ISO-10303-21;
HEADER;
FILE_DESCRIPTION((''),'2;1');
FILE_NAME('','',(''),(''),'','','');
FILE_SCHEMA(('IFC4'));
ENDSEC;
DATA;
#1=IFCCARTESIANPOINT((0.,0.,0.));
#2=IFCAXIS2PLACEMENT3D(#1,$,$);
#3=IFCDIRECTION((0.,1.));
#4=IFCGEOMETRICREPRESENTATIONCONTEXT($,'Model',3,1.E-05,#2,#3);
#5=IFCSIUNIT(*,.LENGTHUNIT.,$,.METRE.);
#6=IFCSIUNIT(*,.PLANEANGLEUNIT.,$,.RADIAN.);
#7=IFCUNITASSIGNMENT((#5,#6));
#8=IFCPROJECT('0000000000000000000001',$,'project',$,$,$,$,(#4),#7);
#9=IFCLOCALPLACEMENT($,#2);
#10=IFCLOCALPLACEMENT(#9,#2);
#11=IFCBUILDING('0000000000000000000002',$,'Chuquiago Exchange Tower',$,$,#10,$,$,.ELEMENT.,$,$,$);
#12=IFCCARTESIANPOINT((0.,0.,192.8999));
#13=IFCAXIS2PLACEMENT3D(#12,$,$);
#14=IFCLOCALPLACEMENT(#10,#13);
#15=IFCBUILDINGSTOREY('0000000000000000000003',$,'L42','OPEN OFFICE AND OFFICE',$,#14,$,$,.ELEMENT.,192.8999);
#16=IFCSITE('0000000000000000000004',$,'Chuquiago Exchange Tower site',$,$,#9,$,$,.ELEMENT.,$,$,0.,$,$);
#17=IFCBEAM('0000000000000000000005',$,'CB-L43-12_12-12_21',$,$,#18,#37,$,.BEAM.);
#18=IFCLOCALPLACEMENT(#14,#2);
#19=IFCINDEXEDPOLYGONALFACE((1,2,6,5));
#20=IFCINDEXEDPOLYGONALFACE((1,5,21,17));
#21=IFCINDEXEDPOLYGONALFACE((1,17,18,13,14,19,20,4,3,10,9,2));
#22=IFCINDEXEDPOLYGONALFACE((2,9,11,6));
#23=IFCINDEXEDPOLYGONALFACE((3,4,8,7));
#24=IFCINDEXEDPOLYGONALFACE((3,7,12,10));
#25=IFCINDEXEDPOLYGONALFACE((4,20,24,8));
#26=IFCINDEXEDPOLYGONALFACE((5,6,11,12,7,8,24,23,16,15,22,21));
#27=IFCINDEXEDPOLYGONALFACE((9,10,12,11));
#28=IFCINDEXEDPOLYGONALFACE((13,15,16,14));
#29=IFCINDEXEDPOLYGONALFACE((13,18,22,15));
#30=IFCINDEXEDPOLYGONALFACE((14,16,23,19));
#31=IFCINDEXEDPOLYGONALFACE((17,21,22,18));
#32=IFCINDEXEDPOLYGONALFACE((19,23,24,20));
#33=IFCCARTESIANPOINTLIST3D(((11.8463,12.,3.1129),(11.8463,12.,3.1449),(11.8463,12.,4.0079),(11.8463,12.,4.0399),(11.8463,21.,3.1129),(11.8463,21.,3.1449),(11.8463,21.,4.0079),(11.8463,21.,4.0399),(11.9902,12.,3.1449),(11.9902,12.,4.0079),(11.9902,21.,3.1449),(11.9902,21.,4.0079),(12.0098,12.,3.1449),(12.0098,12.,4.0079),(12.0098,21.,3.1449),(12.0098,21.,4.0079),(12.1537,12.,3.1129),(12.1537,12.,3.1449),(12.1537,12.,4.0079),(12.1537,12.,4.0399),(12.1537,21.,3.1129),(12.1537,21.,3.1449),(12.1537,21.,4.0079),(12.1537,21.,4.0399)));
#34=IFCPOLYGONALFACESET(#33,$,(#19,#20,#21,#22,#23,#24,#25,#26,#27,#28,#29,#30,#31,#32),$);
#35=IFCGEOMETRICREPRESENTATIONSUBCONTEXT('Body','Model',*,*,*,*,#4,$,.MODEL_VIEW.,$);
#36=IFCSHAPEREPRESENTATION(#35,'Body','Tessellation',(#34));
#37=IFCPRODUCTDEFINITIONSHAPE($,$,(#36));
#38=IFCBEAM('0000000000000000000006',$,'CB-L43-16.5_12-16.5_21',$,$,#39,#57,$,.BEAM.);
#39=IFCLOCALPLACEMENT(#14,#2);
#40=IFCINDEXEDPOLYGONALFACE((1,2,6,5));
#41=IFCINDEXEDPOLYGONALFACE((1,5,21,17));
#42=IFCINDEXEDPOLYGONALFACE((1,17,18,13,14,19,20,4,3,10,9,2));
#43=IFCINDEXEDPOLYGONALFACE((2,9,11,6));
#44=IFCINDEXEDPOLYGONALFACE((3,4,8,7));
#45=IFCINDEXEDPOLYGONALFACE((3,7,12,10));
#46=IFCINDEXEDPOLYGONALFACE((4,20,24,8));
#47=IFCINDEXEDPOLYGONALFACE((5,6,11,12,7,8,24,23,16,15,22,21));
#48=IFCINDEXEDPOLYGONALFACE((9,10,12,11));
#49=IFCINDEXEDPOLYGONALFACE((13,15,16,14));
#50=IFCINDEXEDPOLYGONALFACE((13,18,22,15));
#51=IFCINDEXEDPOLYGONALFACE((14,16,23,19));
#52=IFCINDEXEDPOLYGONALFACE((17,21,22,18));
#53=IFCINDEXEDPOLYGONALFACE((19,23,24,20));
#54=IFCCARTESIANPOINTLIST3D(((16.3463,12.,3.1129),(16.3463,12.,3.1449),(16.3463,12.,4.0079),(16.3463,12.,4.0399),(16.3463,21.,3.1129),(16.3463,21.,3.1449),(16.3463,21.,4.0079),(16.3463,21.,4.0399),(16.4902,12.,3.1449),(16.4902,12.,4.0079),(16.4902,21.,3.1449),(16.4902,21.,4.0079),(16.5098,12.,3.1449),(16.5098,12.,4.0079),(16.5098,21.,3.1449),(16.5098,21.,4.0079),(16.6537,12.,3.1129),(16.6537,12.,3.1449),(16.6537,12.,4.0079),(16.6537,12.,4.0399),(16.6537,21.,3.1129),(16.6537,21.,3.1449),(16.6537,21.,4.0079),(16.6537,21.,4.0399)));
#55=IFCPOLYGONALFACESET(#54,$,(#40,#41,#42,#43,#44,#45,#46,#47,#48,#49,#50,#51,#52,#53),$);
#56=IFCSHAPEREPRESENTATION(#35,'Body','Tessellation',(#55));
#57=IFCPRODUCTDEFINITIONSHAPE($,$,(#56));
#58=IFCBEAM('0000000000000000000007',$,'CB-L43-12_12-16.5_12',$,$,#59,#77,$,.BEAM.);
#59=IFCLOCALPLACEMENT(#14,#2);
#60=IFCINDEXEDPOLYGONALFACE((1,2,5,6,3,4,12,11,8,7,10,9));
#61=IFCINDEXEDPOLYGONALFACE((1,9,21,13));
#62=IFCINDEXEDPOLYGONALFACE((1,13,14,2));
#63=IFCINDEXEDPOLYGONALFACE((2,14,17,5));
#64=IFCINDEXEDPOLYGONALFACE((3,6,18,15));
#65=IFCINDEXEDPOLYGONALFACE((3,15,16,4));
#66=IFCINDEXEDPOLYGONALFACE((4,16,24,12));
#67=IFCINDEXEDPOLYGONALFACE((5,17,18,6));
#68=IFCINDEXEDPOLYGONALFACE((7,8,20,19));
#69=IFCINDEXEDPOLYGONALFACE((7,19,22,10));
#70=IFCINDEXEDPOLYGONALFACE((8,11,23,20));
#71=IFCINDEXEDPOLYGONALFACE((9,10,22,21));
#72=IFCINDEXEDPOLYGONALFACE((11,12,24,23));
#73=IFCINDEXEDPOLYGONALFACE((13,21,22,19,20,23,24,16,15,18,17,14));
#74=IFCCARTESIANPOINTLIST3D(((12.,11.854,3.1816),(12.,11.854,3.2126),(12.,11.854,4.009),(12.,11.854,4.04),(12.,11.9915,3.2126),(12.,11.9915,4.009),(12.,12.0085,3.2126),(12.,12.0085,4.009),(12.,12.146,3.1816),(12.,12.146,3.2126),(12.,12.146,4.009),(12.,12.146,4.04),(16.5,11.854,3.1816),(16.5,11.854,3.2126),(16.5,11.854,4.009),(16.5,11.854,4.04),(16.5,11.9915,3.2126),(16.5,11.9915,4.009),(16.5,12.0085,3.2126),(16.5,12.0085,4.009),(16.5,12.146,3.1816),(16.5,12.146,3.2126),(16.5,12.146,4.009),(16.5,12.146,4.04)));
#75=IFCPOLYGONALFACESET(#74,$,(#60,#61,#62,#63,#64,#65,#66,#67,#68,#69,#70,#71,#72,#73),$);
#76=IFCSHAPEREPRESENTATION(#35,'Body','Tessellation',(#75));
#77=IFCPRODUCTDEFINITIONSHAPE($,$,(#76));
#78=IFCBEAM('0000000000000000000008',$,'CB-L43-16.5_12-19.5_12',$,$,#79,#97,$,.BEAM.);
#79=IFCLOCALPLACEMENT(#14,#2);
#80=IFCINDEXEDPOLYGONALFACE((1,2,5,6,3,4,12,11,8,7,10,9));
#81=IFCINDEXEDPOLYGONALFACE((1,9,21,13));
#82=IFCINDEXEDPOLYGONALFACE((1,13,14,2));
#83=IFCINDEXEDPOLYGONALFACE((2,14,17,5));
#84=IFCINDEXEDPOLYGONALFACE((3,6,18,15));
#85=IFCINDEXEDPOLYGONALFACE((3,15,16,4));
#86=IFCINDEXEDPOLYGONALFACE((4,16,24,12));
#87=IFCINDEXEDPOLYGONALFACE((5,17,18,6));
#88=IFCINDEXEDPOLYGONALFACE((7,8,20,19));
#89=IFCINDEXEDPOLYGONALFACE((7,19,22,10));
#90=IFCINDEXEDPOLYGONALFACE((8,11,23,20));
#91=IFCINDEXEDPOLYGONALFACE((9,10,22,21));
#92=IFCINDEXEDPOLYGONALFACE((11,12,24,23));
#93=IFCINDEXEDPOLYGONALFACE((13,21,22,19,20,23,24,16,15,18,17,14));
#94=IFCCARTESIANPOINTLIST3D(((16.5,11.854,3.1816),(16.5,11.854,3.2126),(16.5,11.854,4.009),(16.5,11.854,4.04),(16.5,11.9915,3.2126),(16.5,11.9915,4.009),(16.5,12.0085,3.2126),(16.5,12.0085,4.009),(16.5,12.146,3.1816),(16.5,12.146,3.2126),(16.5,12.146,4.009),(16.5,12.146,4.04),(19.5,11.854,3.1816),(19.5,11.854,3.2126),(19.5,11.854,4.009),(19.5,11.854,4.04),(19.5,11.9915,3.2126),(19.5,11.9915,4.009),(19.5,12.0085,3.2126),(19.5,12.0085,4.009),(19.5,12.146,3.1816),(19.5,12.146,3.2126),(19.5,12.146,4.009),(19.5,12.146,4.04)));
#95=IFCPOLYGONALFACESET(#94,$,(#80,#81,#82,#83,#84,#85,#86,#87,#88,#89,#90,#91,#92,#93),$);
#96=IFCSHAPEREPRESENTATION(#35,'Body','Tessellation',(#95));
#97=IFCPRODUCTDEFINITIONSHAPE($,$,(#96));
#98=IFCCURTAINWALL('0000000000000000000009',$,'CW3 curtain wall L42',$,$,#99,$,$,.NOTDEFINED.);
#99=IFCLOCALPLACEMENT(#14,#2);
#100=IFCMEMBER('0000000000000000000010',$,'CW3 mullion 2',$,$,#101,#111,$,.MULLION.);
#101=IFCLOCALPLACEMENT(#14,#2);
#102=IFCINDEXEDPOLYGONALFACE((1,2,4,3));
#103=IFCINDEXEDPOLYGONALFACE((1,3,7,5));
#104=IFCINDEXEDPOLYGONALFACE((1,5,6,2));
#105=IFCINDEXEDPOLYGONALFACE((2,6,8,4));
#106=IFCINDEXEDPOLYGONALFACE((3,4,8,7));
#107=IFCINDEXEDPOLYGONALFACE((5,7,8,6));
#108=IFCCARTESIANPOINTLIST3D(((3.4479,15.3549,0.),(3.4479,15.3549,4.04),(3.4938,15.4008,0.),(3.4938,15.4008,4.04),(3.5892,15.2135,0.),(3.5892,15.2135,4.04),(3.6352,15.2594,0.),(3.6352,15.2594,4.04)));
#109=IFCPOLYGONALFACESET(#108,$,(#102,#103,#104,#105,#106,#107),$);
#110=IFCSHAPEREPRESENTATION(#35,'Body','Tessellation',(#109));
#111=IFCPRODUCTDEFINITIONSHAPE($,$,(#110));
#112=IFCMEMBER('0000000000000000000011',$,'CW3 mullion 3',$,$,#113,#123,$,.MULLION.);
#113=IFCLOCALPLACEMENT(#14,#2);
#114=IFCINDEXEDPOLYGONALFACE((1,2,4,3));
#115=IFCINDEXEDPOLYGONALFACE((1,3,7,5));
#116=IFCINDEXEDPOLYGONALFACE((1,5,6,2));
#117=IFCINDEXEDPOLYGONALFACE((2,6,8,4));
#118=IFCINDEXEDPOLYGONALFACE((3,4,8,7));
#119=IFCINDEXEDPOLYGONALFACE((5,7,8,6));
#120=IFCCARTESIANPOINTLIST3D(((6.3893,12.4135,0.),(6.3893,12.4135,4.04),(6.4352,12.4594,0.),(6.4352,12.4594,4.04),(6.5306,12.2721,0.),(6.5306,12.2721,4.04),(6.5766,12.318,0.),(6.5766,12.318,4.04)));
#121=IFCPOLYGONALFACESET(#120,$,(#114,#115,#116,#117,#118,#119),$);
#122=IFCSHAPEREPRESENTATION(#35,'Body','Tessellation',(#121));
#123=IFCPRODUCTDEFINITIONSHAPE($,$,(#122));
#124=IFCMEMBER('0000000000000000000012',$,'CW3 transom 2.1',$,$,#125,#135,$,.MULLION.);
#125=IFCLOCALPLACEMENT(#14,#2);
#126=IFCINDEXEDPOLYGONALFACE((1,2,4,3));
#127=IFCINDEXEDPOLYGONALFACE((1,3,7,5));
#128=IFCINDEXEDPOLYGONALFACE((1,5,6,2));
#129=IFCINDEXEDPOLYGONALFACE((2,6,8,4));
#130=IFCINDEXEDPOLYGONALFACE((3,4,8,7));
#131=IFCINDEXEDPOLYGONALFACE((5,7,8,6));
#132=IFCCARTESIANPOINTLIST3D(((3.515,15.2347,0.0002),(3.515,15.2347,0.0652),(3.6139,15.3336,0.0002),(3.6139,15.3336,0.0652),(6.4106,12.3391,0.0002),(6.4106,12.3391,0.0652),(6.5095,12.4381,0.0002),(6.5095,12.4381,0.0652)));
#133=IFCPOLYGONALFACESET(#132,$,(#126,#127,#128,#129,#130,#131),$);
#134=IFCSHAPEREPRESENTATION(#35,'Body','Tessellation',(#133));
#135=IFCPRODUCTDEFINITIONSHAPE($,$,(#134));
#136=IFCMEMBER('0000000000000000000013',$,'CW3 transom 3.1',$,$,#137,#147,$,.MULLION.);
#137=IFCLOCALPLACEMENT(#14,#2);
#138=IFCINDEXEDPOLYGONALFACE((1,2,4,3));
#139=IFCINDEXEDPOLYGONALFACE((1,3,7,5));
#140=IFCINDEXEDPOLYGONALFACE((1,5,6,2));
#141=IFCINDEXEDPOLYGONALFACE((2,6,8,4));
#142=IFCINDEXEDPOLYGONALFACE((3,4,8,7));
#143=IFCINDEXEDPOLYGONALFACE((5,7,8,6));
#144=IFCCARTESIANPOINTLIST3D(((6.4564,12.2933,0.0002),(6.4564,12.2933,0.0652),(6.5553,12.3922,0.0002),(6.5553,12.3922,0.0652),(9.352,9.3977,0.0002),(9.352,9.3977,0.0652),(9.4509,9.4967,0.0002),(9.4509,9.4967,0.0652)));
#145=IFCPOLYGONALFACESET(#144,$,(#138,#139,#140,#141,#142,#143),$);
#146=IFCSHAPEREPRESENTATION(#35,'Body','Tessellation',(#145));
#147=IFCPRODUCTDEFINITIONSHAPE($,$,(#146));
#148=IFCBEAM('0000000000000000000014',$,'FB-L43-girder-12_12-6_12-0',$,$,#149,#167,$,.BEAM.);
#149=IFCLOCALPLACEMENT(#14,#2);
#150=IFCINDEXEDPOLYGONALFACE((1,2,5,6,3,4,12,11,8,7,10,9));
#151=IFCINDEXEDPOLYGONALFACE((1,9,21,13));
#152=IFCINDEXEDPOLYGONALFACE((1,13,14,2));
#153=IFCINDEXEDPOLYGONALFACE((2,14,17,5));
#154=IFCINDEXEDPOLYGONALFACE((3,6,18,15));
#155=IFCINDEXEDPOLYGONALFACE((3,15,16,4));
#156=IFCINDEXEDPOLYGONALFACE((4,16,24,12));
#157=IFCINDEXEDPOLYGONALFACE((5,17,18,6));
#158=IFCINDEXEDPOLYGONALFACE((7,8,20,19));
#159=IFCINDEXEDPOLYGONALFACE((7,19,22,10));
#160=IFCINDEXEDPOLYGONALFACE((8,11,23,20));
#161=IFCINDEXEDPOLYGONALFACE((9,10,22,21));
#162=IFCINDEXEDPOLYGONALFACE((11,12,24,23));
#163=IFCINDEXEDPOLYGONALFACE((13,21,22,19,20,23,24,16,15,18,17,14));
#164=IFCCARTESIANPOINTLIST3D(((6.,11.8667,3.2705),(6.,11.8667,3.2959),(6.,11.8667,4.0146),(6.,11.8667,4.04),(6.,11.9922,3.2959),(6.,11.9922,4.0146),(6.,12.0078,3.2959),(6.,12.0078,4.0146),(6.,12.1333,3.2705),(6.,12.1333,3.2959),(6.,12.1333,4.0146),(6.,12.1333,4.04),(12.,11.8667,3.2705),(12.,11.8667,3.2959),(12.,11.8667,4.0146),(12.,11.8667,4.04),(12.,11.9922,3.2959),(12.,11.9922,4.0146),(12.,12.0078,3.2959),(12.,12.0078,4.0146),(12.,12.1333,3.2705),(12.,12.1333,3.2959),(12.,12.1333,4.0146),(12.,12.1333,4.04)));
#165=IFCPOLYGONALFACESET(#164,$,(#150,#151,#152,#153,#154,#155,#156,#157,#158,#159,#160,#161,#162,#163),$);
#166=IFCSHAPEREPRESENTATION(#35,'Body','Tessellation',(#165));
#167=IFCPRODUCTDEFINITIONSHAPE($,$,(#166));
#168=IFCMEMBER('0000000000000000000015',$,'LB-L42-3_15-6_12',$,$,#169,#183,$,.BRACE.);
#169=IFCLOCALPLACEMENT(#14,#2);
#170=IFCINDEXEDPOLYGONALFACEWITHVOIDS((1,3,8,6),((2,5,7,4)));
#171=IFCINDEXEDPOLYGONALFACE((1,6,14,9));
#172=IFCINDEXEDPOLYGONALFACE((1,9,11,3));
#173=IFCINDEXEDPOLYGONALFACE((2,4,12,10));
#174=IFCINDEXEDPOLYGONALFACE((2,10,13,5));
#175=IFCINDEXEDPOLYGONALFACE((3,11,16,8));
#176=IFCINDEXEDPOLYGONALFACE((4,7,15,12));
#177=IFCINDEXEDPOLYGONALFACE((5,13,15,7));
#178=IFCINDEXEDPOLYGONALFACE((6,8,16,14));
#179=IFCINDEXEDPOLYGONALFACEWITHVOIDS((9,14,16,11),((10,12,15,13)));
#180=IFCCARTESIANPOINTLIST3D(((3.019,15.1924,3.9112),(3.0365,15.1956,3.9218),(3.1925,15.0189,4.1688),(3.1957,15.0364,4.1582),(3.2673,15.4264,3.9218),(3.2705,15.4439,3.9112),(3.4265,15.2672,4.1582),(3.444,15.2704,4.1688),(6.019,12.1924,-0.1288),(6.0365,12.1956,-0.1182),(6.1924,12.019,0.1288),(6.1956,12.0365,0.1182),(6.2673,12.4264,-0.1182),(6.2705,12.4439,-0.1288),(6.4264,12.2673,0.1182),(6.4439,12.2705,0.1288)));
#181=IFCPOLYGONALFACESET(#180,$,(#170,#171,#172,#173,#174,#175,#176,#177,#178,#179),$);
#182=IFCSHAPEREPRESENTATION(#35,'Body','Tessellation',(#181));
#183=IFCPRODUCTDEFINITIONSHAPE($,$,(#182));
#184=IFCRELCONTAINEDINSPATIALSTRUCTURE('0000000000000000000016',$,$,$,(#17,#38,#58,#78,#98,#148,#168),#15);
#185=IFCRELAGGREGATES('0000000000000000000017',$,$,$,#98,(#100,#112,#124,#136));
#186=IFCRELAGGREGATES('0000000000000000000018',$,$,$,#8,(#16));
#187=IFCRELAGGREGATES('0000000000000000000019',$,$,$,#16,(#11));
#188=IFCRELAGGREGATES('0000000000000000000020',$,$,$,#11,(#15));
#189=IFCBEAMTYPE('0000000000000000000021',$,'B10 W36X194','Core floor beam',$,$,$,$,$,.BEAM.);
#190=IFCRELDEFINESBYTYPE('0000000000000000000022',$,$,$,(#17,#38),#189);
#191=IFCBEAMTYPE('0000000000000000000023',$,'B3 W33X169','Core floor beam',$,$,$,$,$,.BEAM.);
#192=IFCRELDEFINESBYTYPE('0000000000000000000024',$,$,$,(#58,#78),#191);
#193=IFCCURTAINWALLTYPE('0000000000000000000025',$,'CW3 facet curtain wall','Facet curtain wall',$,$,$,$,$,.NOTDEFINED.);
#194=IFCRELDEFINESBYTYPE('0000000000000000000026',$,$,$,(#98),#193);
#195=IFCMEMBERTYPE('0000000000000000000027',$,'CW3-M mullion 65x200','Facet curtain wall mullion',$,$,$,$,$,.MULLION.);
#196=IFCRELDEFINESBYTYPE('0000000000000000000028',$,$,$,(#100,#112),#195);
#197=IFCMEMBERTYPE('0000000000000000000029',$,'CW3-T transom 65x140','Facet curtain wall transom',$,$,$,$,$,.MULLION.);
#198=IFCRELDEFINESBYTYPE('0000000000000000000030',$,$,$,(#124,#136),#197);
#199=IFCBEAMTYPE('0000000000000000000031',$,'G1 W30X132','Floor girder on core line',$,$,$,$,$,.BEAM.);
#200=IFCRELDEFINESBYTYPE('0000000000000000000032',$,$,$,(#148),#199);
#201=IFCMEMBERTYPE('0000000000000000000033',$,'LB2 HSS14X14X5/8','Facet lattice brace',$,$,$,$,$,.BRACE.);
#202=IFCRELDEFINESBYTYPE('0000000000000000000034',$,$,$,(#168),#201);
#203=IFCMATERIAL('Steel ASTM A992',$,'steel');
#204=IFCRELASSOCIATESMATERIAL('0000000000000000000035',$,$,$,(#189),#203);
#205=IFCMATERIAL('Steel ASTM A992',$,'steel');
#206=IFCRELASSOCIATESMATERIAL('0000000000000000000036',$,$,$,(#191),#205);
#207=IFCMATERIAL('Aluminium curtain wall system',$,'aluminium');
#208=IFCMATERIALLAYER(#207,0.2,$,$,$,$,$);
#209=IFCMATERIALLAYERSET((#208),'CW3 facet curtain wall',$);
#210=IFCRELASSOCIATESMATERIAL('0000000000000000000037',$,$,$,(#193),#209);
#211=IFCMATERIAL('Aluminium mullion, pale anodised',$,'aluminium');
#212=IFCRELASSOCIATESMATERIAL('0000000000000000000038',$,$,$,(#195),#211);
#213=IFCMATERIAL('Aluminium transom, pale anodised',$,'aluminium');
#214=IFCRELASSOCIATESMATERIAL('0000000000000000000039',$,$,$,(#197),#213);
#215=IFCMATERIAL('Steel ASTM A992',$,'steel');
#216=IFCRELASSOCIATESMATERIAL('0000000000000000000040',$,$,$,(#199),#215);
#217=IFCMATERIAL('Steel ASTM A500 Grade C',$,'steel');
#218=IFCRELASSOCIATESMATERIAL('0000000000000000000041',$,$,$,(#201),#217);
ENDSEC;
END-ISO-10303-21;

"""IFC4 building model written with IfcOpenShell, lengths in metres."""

from ifc_helpers import new_model, si_unit, direction, frame, origin, origin_2d, place, context, subcontext, project, spatial, rectangle, hollow_rectangle, i_section, extrude, material, layer, layer_set, material_profile, profile_set, type_object, element, aggregate, save


model = new_model("IFC4")

# Units and contexts
model_context = context("Model", 3, precision=1e-05, world=origin(), true_north=direction((0.0, 1.0)))
body_context = subcontext(model_context, "Body", "Model", "MODEL_VIEW")
ifc_project = project(units=[si_unit("LENGTHUNIT", "METRE"), si_unit("PLANEANGLEUNIT", "RADIAN")], contexts=[model_context])

# Site, building, storey
site_placement = place(None, origin())
site = spatial("IfcSite", under=ifc_project, at=site_placement, Name="Chuquiago Exchange Tower site", CompositionType="ELEMENT", RefElevation=0.0)
building_placement = place(site_placement, origin())
building = spatial("IfcBuilding", under=site, at=building_placement, Name="Chuquiago Exchange Tower", CompositionType="ELEMENT")
storey_placement = place(building_placement, frame((0.0, 0.0, 192.8999)))
storey = spatial("IfcBuildingStorey", under=building, at=storey_placement, Name="L42", Description="OPEN OFFICE AND OFFICE", CompositionType="ELEMENT", Elevation=192.8999)

# Beams
ifc_material_1 = material(Name="Steel ASTM A992", Category="steel")
ifc_material_profile_1 = material_profile(ifc_material_1, i_section(OverallWidth=0.3074, OverallDepth=0.927, WebThickness=0.0195, FlangeThickness=0.032, at=origin_2d()), Name="W36X194")
ifc_profile_set_1 = profile_set([ifc_material_profile_1], Name="Steel ASTM A992")
beam_type_1 = type_object("IfcBeamType", Name="B10 W36X194", Description="Core floor beam", PredefinedType="BEAM", material=ifc_profile_set_1)
for number, where, z_axis, x_axis, name in (
    (1, (12.0, 12.0, 3.5764), (0.0, 1.0, 0.0), (-1.0, 0.0, 0.0), "CB-L43-12_12-12_21"),
    (2, (16.5, 12.0, 3.5764), (0.0, 1.0, 0.0), (-1.0, 0.0, 0.0), "CB-L43-16.5_12-16.5_21"),
):
    element("IfcBeam", number, at=place(storey_placement, frame(where, z_axis=z_axis, x_axis=x_axis)), inside=storey, type_object=beam_type_1, Name=name, PredefinedType="BEAM", context=body_context, shape_type="SweptSolid", body=[
        extrude(i_section(OverallWidth=0.3074, OverallDepth=0.927, WebThickness=0.0195, FlangeThickness=0.032, at=origin_2d()), origin(), (0.0, 0.0, 1.0), 9.0),
    ])
ifc_material_2 = material(Name="Steel ASTM A992", Category="steel")
ifc_material_profile_2 = material_profile(ifc_material_2, i_section(OverallWidth=0.292, OverallDepth=0.8584, WebThickness=0.0171, FlangeThickness=0.031, at=origin_2d()), Name="W33X169")
ifc_profile_set_2 = profile_set([ifc_material_profile_2], Name="Steel ASTM A992")
beam_type_2 = type_object("IfcBeamType", Name="B3 W33X169", Description="Core floor beam", PredefinedType="BEAM", material=ifc_profile_set_2)
beam_1_placement = place(storey_placement, frame((12.0, 12.0, 3.6108), z_axis=(1.0, 0.0, 0.0), x_axis=(0.0, 1.0, 0.0)))
element("IfcBeam", 3, at=beam_1_placement, inside=storey, type_object=beam_type_2, Name="CB-L43-12_12-16.5_12", PredefinedType="BEAM", context=body_context, shape_type="SweptSolid", body=[
    extrude(i_section(OverallWidth=0.292, OverallDepth=0.8584, WebThickness=0.0171, FlangeThickness=0.031, at=origin_2d()), origin(), (0.0, 0.0, 1.0), 4.5),
])
beam_2_placement = place(storey_placement, frame((16.5, 12.0, 3.6108), z_axis=(1.0, 0.0, 0.0), x_axis=(0.0, 1.0, 0.0)))
element("IfcBeam", 4, at=beam_2_placement, inside=storey, type_object=beam_type_2, Name="CB-L43-16.5_12-19.5_12", PredefinedType="BEAM", context=body_context, shape_type="SweptSolid", body=[
    extrude(i_section(OverallWidth=0.292, OverallDepth=0.8584, WebThickness=0.0171, FlangeThickness=0.031, at=origin_2d()), origin(), (0.0, 0.0, 1.0), 3.0),
])

# Curtain wall, members
ifc_material_3 = material(Name="Aluminium curtain wall system", Category="aluminium")
ifc_layer_1 = layer(ifc_material_3, 0.2)
ifc_layer_set_1 = layer_set([ifc_layer_1], Name="CW3 facet curtain wall")
curtain_wall_type = type_object("IfcCurtainWallType", Name="CW3 facet curtain wall", Description="Facet curtain wall", PredefinedType="NOTDEFINED", material=ifc_layer_set_1)
curtain_wall_placement = place(storey_placement, origin())
curtain_wall = element("IfcCurtainWall", 5, at=curtain_wall_placement, inside=storey, type_object=curtain_wall_type, Name="CW3 curtain wall L42", PredefinedType="NOTDEFINED")
ifc_material_4 = material(Name="Aluminium mullion, pale anodised", Category="aluminium")
ifc_material_profile_3 = material_profile(ifc_material_4, rectangle(XDim=0.0649, YDim=0.2, at=origin_2d()), Name="AL 65x200")
ifc_profile_set_3 = profile_set([ifc_material_profile_3], Name="Aluminium mullion, pale anodised")
member_type_1 = type_object("IfcMemberType", Name="CW3-M mullion 65x200", Description="Facet curtain wall mullion", PredefinedType="MULLION", material=ifc_profile_set_3)
member_1_placement = place(storey_placement, frame((3.5415, 15.3071, 0.0), z_axis=(0.0, 0.0, 1.0), x_axis=(0.707107, 0.707107, 0.0)))
member_1 = element("IfcMember", 6, at=member_1_placement, type_object=member_type_1, Name="CW3 mullion 2", PredefinedType="MULLION", context=body_context, shape_type="SweptSolid", body=[
    extrude(rectangle(XDim=0.0649, YDim=0.2, at=origin_2d()), origin(), (0.0, 0.0, 1.0), 4.04),
])
member_2_placement = place(storey_placement, frame((6.4829, 12.3657, 0.0), z_axis=(0.0, 0.0, 1.0), x_axis=(0.707107, 0.707107, 0.0)))
member_2 = element("IfcMember", 7, at=member_2_placement, type_object=member_type_1, Name="CW3 mullion 3", PredefinedType="MULLION", context=body_context, shape_type="SweptSolid", body=[
    extrude(rectangle(XDim=0.0649, YDim=0.2, at=origin_2d()), origin(), (0.0, 0.0, 1.0), 4.04),
])
ifc_material_5 = material(Name="Aluminium transom, pale anodised", Category="aluminium")
ifc_material_profile_4 = material_profile(ifc_material_5, rectangle(XDim=0.1399, YDim=0.0649, at=origin_2d()), Name="AL 140x65")
ifc_profile_set_4 = profile_set([ifc_material_profile_4], Name="Aluminium transom, pale anodised")
member_type_2 = type_object("IfcMemberType", Name="CW3-T transom 65x140", Description="Facet curtain wall transom", PredefinedType="MULLION", material=ifc_profile_set_4)
member_3_placement = place(storey_placement, frame((3.5645, 15.2842, 0.0327), z_axis=(0.707107, -0.707107, 0.0), x_axis=(0.707107, 0.707107, 0.0)))
member_3 = element("IfcMember", 8, at=member_3_placement, type_object=member_type_2, Name="CW3 transom 2.1", PredefinedType="MULLION", context=body_context, shape_type="SweptSolid", body=[
    extrude(rectangle(XDim=0.1399, YDim=0.0649, at=origin_2d()), origin(), (0.0, 0.0, 1.0), 4.095),
])
member_4_placement = place(storey_placement, frame((6.5059, 12.3428, 0.0327), z_axis=(0.707107, -0.707107, 0.0), x_axis=(0.707107, 0.707107, 0.0)))
member_4 = element("IfcMember", 9, at=member_4_placement, type_object=member_type_2, Name="CW3 transom 3.1", PredefinedType="MULLION", context=body_context, shape_type="SweptSolid", body=[
    extrude(rectangle(XDim=0.1399, YDim=0.0649, at=origin_2d()), origin(), (0.0, 0.0, 1.0), 4.095),
])

# Beam
ifc_material_6 = material(Name="Steel ASTM A992", Category="steel")
ifc_material_profile_5 = material_profile(ifc_material_6, i_section(OverallWidth=0.2666, OverallDepth=0.7695, WebThickness=0.0156, FlangeThickness=0.0254, at=origin_2d()), Name="W30X132")
ifc_profile_set_5 = profile_set([ifc_material_profile_5], Name="Steel ASTM A992")
beam_type_3 = type_object("IfcBeamType", Name="G1 W30X132", Description="Floor girder on core line", PredefinedType="BEAM", material=ifc_profile_set_5)
beam_3_placement = place(storey_placement, frame((12.0, 12.0, 3.6553), z_axis=(-1.0, 0.0, 0.0), x_axis=(0.0, -1.0, 0.0)))
element("IfcBeam", 10, at=beam_3_placement, inside=storey, type_object=beam_type_3, Name="FB-L43-girder-12_12-6_12-0", PredefinedType="BEAM", context=body_context, shape_type="SweptSolid", body=[
    extrude(i_section(OverallWidth=0.2666, OverallDepth=0.7695, WebThickness=0.0156, FlangeThickness=0.0254, at=origin_2d()), origin(), (0.0, 0.0, 1.0), 6.0),
])

# Member
ifc_material_7 = material(Name="Steel ASTM A500 Grade C", Category="steel")
ifc_material_profile_6 = material_profile(ifc_material_7, hollow_rectangle(XDim=0.3557, YDim=0.3557, WallThickness=0.0146, at=origin_2d()), Name="HSS14X14X5/8")
ifc_profile_set_6 = profile_set([ifc_material_profile_6], Name="Steel ASTM A500 Grade C")
member_type_3 = type_object("IfcMemberType", Name="LB2 HSS14X14X5/8", Description="Facet lattice brace", PredefinedType="BRACE", material=ifc_profile_set_6)
for number, where, z_axis, x_axis, name in (
    (11, (6.2314, 12.2314, 0.0), (-0.512077, 0.512077, 0.689604), (-0.707107, -0.707107, 0.0), "LB-L42-3_15-6_12"),
):
    element("IfcMember", number, at=place(storey_placement, frame(where, z_axis=z_axis, x_axis=x_axis)), inside=storey, type_object=member_type_3, Name=name, PredefinedType="BRACE", context=body_context, shape_type="SweptSolid", body=[
        extrude(hollow_rectangle(XDim=0.3557, YDim=0.3557, WallThickness=0.0146, at=origin_2d()), origin(), (0.0, 0.0, 1.0), 5.8584),
    ])

aggregate(curtain_wall, [member_1, member_2, member_3, member_4])

save(model, "model.ifc")
